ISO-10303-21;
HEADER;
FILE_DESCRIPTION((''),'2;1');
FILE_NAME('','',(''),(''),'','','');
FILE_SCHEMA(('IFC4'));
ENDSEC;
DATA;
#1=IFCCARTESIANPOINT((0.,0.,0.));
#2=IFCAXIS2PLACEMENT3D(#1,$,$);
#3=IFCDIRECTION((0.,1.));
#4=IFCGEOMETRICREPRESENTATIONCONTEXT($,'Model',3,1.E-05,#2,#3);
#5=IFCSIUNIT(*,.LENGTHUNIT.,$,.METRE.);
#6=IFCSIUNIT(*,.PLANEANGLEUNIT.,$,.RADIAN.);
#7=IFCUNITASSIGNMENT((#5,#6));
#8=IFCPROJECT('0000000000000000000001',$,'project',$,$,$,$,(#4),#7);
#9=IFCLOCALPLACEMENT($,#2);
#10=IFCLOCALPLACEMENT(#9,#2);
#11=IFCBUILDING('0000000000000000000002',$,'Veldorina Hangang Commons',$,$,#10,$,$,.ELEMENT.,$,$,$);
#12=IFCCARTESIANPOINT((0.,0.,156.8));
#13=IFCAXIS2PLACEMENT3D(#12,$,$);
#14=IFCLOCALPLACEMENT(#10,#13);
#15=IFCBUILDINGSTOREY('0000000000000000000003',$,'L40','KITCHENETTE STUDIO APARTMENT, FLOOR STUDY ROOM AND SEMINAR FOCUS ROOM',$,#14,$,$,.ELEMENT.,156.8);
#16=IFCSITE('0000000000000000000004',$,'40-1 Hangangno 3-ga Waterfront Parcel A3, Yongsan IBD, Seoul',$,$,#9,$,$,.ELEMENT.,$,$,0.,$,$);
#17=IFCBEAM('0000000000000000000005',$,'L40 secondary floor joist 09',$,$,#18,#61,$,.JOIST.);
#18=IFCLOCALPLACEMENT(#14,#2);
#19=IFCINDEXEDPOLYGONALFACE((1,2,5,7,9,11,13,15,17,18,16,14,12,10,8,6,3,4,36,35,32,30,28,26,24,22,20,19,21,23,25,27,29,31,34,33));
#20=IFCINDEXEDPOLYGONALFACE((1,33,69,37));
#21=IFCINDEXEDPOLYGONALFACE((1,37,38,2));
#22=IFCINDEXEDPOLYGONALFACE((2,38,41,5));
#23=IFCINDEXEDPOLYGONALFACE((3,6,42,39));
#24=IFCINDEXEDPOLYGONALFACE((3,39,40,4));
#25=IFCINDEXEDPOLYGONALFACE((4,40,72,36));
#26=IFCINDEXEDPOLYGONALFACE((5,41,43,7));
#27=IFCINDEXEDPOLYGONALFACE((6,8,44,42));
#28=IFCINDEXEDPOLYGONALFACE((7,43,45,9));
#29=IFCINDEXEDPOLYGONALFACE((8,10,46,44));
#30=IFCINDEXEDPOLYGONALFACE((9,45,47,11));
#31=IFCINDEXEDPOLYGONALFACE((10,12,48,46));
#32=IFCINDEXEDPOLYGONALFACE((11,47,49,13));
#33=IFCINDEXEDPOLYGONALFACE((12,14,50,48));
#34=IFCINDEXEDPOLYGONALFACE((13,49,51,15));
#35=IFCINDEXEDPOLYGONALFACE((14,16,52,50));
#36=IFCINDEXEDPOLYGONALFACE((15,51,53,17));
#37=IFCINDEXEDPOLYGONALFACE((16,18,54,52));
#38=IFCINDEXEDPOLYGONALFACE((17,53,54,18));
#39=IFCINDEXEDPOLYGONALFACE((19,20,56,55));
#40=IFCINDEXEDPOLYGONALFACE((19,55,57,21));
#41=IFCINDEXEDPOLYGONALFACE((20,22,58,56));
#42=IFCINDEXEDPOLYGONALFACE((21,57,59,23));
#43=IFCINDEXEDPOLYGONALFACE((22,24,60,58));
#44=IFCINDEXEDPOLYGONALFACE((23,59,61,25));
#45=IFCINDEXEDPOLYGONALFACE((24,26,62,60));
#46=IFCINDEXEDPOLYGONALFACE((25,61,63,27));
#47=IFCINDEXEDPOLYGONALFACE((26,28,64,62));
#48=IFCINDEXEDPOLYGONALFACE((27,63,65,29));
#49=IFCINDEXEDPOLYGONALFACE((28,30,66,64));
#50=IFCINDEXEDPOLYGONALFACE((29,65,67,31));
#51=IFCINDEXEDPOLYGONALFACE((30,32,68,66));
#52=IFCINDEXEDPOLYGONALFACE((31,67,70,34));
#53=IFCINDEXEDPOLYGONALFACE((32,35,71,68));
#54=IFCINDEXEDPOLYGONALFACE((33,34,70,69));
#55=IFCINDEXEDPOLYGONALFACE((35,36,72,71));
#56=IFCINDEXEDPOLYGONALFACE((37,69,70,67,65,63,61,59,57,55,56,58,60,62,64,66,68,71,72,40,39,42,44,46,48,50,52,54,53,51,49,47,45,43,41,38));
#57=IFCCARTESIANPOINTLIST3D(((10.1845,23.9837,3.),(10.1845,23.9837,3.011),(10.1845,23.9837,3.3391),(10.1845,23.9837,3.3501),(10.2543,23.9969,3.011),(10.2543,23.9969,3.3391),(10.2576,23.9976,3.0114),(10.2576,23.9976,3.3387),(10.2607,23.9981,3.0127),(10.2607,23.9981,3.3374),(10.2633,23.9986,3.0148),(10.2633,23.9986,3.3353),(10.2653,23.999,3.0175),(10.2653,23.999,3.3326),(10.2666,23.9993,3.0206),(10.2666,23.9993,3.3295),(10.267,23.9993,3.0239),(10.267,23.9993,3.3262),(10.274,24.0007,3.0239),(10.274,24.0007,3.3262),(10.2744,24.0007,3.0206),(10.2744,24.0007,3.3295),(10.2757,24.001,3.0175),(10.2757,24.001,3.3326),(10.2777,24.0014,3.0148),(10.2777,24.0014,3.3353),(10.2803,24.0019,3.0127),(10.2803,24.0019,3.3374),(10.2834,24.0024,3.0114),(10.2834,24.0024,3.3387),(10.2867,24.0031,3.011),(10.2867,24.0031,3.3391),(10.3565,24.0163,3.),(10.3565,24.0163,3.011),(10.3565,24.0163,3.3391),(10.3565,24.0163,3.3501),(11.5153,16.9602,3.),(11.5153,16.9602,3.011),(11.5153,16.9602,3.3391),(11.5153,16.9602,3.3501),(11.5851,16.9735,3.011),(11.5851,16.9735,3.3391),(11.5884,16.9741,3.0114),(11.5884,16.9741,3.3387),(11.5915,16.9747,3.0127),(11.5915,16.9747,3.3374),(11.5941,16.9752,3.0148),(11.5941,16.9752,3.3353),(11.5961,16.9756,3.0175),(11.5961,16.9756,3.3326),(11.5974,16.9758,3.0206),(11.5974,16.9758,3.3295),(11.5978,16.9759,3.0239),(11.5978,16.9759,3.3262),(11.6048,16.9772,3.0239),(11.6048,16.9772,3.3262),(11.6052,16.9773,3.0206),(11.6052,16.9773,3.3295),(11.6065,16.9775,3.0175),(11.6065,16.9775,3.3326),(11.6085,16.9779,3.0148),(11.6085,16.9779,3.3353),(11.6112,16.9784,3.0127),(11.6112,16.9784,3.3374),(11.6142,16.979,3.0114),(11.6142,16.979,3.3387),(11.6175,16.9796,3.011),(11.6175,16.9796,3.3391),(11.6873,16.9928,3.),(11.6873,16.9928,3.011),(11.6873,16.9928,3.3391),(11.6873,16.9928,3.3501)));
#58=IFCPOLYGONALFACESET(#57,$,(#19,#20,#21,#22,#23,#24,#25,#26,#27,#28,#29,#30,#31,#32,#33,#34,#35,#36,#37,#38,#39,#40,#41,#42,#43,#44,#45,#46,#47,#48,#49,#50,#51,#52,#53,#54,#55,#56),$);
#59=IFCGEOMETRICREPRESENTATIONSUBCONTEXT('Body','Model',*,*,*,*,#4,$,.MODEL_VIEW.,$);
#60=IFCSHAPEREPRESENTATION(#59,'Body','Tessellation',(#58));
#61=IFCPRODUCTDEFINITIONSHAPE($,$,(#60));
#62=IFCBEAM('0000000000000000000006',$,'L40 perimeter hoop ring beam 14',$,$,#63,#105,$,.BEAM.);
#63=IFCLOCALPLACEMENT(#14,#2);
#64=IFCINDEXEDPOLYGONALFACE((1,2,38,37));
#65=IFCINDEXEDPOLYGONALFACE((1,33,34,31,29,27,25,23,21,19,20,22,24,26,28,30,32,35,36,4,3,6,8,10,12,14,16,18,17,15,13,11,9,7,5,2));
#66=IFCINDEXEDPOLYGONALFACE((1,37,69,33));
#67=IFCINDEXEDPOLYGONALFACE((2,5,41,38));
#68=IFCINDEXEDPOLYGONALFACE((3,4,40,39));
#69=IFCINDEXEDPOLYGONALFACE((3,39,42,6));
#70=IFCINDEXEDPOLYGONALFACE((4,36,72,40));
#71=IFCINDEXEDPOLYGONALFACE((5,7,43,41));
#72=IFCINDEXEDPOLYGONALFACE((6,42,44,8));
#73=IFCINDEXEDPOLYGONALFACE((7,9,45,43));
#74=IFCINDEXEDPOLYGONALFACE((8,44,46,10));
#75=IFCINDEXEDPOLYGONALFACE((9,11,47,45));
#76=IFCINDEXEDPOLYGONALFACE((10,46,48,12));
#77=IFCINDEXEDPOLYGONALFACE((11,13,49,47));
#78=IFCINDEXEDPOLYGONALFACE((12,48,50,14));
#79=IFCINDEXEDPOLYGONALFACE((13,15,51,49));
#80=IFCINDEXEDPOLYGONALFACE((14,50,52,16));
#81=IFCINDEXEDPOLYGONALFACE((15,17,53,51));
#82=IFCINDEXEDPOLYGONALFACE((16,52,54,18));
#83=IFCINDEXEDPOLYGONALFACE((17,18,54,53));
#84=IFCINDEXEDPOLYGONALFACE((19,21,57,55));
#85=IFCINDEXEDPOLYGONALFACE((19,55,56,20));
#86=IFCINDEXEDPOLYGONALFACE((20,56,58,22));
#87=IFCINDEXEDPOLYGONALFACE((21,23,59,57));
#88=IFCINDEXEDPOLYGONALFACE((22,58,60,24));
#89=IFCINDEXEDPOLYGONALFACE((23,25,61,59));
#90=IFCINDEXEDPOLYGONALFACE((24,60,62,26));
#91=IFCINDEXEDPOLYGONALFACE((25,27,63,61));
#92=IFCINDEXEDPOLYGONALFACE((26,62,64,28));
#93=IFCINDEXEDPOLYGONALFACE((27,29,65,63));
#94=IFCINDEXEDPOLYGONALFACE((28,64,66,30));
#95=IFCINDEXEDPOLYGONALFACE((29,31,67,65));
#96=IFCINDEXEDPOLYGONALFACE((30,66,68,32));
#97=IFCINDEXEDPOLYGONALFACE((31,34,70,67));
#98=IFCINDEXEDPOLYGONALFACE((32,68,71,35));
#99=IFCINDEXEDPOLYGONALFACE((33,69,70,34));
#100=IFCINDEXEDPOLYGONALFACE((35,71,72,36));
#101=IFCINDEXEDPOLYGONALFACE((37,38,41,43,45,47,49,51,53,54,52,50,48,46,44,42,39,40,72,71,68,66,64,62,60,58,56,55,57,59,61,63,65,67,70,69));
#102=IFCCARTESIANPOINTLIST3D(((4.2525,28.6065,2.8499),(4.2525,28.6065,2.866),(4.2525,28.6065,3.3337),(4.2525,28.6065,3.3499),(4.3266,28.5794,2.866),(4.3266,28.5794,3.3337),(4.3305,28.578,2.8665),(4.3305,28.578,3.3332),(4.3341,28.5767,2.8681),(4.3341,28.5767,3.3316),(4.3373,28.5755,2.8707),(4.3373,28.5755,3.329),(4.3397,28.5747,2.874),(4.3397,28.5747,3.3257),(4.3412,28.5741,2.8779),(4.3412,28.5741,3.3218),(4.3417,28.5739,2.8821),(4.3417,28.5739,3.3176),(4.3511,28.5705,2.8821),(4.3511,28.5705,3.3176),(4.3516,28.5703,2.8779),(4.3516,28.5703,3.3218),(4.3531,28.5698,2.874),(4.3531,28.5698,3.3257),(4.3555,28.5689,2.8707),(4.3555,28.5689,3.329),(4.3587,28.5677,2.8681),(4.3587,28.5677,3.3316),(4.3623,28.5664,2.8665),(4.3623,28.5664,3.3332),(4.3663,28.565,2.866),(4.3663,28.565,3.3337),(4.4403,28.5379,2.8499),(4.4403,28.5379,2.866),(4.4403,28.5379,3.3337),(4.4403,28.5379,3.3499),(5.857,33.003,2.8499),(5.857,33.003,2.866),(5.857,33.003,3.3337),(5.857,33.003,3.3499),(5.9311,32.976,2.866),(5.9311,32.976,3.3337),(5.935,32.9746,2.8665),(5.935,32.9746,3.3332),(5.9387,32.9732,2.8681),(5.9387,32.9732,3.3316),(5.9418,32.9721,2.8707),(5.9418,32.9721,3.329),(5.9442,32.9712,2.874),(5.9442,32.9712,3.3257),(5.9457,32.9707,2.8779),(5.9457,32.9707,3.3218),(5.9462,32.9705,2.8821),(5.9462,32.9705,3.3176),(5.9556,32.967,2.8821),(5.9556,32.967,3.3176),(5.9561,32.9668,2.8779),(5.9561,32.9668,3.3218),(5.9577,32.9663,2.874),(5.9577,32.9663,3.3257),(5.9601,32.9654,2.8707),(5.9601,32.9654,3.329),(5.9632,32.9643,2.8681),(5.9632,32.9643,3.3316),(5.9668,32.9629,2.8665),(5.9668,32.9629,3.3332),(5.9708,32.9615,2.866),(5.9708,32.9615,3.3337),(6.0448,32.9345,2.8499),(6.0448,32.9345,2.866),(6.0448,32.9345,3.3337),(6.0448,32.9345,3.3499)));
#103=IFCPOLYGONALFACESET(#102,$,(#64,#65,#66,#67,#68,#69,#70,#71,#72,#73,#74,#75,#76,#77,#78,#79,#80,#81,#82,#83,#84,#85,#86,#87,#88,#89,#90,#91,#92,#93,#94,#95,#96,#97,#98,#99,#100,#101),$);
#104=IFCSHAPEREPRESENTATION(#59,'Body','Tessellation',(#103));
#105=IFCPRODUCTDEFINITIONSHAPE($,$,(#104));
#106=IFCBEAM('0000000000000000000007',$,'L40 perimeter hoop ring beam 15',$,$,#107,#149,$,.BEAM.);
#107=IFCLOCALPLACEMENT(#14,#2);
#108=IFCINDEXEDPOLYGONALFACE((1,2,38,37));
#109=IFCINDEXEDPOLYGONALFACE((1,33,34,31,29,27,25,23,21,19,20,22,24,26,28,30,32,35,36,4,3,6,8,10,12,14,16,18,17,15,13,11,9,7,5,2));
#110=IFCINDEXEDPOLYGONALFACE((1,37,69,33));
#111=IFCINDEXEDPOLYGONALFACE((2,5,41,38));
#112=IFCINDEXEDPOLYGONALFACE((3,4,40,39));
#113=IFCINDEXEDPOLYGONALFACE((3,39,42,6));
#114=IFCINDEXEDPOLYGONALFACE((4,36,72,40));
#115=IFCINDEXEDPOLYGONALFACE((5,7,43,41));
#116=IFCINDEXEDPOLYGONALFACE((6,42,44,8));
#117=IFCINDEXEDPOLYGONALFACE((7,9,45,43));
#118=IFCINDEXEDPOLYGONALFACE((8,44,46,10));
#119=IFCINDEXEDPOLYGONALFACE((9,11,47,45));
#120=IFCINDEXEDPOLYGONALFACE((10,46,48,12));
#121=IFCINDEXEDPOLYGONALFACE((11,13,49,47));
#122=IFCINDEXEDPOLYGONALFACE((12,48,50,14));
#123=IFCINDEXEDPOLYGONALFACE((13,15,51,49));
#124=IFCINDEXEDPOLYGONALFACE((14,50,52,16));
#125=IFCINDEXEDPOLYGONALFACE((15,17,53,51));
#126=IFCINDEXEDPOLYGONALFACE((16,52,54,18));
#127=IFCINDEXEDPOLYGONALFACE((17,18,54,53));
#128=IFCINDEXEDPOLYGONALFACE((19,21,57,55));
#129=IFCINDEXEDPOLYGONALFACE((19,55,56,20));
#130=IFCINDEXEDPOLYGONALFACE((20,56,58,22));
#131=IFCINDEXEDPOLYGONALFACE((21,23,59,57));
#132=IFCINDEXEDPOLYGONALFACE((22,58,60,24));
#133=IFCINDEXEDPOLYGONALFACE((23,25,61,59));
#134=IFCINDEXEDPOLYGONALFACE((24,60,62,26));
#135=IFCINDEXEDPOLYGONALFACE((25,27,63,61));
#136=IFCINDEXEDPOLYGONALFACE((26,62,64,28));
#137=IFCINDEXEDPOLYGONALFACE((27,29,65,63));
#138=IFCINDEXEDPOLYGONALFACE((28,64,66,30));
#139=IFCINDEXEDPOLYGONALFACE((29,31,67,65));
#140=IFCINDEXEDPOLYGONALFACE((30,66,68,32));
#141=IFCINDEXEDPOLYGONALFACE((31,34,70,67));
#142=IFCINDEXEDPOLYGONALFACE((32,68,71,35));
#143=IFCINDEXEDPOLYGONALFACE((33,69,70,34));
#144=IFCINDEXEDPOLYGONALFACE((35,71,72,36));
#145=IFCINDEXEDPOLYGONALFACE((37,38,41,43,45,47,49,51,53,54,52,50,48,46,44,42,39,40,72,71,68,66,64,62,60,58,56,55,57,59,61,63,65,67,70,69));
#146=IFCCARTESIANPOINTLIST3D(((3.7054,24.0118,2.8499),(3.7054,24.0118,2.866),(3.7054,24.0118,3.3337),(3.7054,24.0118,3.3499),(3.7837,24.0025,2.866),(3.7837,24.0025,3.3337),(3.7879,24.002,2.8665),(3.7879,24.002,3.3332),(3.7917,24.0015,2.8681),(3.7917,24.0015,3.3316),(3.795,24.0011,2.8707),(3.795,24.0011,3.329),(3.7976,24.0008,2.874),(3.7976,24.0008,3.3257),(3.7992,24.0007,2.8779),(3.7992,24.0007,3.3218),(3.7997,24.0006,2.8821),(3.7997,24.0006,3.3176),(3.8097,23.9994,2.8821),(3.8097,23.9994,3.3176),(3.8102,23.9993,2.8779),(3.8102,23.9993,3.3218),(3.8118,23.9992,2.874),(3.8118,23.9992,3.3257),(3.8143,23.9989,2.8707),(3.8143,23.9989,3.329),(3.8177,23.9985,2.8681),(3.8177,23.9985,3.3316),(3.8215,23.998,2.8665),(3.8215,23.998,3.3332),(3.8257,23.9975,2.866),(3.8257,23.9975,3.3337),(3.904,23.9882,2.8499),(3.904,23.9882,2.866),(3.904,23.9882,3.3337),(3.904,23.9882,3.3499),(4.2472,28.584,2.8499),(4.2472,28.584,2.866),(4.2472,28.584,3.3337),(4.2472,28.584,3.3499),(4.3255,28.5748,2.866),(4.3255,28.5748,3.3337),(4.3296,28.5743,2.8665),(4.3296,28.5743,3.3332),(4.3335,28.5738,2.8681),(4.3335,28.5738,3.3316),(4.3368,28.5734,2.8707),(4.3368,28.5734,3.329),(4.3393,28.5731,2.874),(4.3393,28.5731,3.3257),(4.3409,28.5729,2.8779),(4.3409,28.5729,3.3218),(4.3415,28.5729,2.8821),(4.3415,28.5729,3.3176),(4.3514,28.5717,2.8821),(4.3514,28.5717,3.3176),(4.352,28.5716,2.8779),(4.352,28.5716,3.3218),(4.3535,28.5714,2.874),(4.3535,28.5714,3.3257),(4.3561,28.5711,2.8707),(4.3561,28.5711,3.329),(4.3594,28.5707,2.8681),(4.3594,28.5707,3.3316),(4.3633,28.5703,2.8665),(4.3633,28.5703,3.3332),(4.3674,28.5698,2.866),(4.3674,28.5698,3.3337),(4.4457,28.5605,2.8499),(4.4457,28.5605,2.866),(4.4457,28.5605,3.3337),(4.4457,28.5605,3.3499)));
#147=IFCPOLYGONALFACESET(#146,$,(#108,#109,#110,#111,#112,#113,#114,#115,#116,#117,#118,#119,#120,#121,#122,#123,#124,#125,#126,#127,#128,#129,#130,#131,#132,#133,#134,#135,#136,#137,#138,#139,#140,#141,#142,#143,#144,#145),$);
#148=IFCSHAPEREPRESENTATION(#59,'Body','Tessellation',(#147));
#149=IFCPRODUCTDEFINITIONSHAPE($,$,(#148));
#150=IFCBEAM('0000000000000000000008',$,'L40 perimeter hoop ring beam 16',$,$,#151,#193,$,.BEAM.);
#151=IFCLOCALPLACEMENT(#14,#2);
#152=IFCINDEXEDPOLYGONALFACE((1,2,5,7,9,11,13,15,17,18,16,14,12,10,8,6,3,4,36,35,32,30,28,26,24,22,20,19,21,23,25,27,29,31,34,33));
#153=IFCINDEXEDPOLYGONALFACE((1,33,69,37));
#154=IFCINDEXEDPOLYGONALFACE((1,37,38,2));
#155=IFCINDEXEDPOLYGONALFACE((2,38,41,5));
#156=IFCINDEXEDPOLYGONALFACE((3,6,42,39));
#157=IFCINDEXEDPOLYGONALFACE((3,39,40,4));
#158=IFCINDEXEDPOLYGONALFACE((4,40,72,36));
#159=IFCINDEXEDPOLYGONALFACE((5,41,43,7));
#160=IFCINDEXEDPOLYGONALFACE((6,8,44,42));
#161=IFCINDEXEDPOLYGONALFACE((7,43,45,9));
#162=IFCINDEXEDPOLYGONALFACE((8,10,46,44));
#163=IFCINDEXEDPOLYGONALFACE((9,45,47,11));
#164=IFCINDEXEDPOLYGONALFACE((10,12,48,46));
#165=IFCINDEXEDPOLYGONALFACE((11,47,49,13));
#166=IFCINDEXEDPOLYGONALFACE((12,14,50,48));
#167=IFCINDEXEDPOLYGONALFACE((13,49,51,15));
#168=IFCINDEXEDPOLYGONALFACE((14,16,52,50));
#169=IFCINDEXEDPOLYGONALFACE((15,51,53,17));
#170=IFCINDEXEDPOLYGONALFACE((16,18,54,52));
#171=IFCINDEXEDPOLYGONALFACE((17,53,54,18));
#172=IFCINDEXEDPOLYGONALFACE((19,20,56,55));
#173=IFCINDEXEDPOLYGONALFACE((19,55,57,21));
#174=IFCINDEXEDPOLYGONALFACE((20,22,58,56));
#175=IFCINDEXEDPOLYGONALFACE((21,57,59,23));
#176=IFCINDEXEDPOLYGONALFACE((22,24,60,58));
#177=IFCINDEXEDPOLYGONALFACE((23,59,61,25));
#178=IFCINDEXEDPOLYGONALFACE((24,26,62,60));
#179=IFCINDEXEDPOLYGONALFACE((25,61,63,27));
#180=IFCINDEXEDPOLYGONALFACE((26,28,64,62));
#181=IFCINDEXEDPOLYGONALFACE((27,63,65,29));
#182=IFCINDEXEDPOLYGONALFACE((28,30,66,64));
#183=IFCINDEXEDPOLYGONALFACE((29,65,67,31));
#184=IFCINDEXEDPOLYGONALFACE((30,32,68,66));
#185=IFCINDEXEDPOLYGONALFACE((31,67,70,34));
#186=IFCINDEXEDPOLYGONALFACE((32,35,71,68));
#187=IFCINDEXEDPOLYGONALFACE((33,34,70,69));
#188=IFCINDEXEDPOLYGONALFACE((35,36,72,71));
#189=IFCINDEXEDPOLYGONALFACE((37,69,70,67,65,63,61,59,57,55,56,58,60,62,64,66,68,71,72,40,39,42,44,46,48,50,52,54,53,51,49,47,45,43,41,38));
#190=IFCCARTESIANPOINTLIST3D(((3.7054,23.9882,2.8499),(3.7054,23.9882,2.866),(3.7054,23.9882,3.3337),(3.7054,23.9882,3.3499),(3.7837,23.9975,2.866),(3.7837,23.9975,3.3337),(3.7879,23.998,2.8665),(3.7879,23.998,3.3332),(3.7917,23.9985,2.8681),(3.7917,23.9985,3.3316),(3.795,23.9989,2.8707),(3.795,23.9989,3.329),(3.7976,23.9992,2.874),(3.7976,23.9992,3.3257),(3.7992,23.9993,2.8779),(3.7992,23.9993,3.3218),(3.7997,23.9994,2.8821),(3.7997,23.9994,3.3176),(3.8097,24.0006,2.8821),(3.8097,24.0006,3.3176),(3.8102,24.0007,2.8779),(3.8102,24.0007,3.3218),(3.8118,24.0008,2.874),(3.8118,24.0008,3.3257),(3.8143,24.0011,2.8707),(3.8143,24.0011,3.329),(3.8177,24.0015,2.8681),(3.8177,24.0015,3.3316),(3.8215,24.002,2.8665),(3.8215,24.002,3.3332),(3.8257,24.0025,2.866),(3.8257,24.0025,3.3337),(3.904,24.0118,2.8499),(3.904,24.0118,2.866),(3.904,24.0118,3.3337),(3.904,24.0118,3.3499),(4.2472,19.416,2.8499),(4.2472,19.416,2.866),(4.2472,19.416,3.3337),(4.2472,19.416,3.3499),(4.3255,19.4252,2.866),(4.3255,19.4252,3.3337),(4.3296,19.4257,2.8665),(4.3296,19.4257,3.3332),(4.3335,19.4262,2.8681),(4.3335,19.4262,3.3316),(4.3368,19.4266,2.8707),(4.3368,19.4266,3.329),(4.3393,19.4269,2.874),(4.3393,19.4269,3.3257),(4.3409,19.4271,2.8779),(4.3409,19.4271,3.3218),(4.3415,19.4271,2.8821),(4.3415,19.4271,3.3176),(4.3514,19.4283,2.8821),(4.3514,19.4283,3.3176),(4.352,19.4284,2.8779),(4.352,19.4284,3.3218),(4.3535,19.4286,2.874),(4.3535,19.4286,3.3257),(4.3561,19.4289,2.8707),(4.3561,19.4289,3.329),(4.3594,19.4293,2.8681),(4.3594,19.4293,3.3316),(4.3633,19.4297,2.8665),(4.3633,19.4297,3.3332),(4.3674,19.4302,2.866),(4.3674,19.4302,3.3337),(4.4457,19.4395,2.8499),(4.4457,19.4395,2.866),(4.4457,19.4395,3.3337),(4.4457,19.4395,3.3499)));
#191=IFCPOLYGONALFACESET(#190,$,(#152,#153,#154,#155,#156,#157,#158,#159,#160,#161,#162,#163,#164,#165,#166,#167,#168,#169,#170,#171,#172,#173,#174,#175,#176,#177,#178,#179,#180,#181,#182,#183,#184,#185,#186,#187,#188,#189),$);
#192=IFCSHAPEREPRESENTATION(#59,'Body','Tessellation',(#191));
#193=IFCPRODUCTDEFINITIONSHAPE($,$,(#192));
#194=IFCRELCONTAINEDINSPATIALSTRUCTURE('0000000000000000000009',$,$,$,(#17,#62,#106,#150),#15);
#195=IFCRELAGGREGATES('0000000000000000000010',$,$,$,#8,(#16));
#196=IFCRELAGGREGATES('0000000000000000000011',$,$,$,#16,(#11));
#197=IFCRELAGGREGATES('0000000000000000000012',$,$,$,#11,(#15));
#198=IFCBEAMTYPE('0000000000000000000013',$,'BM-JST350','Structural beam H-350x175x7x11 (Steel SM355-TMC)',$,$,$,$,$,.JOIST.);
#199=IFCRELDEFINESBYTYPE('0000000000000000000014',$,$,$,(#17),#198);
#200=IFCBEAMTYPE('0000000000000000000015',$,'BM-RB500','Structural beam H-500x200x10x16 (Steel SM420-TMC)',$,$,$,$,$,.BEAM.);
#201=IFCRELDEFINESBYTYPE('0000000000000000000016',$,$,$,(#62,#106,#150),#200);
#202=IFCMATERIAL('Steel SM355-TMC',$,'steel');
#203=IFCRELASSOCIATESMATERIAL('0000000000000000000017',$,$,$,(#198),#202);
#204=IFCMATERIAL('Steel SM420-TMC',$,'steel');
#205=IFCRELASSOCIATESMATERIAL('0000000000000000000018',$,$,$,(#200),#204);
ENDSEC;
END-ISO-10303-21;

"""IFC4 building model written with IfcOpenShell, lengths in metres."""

from ifc_helpers import new_model, si_unit, direction, frame, origin, origin_2d, place, context, subcontext, project, spatial, i_section, extrude, material, material_profile, profile_set, type_object, element, save


model = new_model("IFC4")

# Units and contexts
model_context = context("Model", 3, precision=1e-05, world=origin(), true_north=direction((0.0, 1.0)))
body_context = subcontext(model_context, "Body", "Model", "MODEL_VIEW")
ifc_project = project(units=[si_unit("LENGTHUNIT", "METRE"), si_unit("PLANEANGLEUNIT", "RADIAN")], contexts=[model_context])

# Site, building, storey
site_placement = place(None, origin())
site = spatial("IfcSite", under=ifc_project, at=site_placement, Name="40-1 Hangangno 3-ga Waterfront Parcel A3, Yongsan IBD, Seoul", CompositionType="ELEMENT", RefElevation=0.0)
building_placement = place(site_placement, origin())
building = spatial("IfcBuilding", under=site, at=building_placement, Name="Veldorina Hangang Commons", CompositionType="ELEMENT")
storey_placement = place(building_placement, frame((0.0, 0.0, 156.8)))
storey = spatial("IfcBuildingStorey", under=building, at=storey_placement, Name="L40", Description="KITCHENETTE STUDIO APARTMENT, FLOOR STUDY ROOM AND SEMINAR FOCUS ROOM", CompositionType="ELEMENT", Elevation=156.8)

# Beams
ifc_material_1 = material(Name="Steel SM355-TMC", Category="steel")
ifc_material_profile_1 = material_profile(ifc_material_1, i_section(OverallWidth=0.175, OverallDepth=0.3501, WebThickness=0.0071, FlangeThickness=0.011, FilletRadius=0.0129, at=origin_2d()), Name="H-350x175x7x11")
ifc_profile_set_1 = profile_set([ifc_material_profile_1], Name="Steel SM355-TMC")
beam_type_1 = type_object("IfcBeamType", Name="BM-JST350", Description="Structural beam H-350x175x7x11 (Steel SM355-TMC)", PredefinedType="JOIST", material=ifc_profile_set_1)
beam_1_placement = place(storey_placement, frame((10.2705, 24.0, 3.175), z_axis=(0.186169, -0.982518, 0.0), x_axis=(0.982518, 0.186169, 0.0)))
element("IfcBeam", 1, at=beam_1_placement, inside=storey, type_object=beam_type_1, Name="L40 secondary floor joist 09", PredefinedType="JOIST", context=body_context, shape_type="SweptSolid", body=[
    extrude(i_section(OverallWidth=0.175, OverallDepth=0.3501, WebThickness=0.0071, FlangeThickness=0.011, FilletRadius=0.0129, at=origin_2d()), origin(), (0.0, 0.0, 1.0), 7.1484),
])
ifc_material_2 = material(Name="Steel SM420-TMC", Category="steel")
ifc_material_profile_2 = material_profile(ifc_material_2, i_section(OverallWidth=0.2, OverallDepth=0.5, WebThickness=0.01, FlangeThickness=0.0161, FilletRadius=0.0161, at=origin_2d()), Name="H-500x200x10x16")
ifc_profile_set_2 = profile_set([ifc_material_profile_2], Name="Steel SM420-TMC")
beam_type_2 = type_object("IfcBeamType", Name="BM-RB500", Description="Structural beam H-500x200x10x16 (Steel SM420-TMC)", PredefinedType="BEAM", material=ifc_profile_set_2)
beam_2_placement = place(storey_placement, frame((5.9509, 32.9688, 3.0999), z_axis=(-0.342832, -0.939397, 0.0), x_axis=(0.939397, -0.342832, 0.0)))
element("IfcBeam", 2, at=beam_2_placement, inside=storey, type_object=beam_type_2, Name="L40 perimeter hoop ring beam 14", PredefinedType="BEAM", context=body_context, shape_type="SweptSolid", body=[
    extrude(i_section(OverallWidth=0.2, OverallDepth=0.5, WebThickness=0.01, FlangeThickness=0.0161, FilletRadius=0.0161, at=origin_2d()), origin(), (0.0, 0.0, 1.0), 4.6802),
])
for number, where, z_axis, x_axis, name in (
    (3, (4.3464, 28.5723, 3.0999), (-0.117663, -0.993054, 0.0), (0.993054, -0.117663, 0.0), "L40 perimeter hoop ring beam 15"),
    (4, (3.8047, 24.0, 3.0999), (0.117663, -0.993054, 0.0), (0.993054, 0.117663, 0.0), "L40 perimeter hoop ring beam 16"),
):
    element("IfcBeam", number, at=place(storey_placement, frame(where, z_axis=z_axis, x_axis=x_axis)), inside=storey, type_object=beam_type_2, Name=name, PredefinedType="BEAM", context=body_context, shape_type="SweptSolid", body=[
        extrude(i_section(OverallWidth=0.2, OverallDepth=0.5, WebThickness=0.01, FlangeThickness=0.0161, FilletRadius=0.0161, at=origin_2d()), origin(), (0.0, 0.0, 1.0), 4.6042),
    ])

save(model, "model.ifc")
